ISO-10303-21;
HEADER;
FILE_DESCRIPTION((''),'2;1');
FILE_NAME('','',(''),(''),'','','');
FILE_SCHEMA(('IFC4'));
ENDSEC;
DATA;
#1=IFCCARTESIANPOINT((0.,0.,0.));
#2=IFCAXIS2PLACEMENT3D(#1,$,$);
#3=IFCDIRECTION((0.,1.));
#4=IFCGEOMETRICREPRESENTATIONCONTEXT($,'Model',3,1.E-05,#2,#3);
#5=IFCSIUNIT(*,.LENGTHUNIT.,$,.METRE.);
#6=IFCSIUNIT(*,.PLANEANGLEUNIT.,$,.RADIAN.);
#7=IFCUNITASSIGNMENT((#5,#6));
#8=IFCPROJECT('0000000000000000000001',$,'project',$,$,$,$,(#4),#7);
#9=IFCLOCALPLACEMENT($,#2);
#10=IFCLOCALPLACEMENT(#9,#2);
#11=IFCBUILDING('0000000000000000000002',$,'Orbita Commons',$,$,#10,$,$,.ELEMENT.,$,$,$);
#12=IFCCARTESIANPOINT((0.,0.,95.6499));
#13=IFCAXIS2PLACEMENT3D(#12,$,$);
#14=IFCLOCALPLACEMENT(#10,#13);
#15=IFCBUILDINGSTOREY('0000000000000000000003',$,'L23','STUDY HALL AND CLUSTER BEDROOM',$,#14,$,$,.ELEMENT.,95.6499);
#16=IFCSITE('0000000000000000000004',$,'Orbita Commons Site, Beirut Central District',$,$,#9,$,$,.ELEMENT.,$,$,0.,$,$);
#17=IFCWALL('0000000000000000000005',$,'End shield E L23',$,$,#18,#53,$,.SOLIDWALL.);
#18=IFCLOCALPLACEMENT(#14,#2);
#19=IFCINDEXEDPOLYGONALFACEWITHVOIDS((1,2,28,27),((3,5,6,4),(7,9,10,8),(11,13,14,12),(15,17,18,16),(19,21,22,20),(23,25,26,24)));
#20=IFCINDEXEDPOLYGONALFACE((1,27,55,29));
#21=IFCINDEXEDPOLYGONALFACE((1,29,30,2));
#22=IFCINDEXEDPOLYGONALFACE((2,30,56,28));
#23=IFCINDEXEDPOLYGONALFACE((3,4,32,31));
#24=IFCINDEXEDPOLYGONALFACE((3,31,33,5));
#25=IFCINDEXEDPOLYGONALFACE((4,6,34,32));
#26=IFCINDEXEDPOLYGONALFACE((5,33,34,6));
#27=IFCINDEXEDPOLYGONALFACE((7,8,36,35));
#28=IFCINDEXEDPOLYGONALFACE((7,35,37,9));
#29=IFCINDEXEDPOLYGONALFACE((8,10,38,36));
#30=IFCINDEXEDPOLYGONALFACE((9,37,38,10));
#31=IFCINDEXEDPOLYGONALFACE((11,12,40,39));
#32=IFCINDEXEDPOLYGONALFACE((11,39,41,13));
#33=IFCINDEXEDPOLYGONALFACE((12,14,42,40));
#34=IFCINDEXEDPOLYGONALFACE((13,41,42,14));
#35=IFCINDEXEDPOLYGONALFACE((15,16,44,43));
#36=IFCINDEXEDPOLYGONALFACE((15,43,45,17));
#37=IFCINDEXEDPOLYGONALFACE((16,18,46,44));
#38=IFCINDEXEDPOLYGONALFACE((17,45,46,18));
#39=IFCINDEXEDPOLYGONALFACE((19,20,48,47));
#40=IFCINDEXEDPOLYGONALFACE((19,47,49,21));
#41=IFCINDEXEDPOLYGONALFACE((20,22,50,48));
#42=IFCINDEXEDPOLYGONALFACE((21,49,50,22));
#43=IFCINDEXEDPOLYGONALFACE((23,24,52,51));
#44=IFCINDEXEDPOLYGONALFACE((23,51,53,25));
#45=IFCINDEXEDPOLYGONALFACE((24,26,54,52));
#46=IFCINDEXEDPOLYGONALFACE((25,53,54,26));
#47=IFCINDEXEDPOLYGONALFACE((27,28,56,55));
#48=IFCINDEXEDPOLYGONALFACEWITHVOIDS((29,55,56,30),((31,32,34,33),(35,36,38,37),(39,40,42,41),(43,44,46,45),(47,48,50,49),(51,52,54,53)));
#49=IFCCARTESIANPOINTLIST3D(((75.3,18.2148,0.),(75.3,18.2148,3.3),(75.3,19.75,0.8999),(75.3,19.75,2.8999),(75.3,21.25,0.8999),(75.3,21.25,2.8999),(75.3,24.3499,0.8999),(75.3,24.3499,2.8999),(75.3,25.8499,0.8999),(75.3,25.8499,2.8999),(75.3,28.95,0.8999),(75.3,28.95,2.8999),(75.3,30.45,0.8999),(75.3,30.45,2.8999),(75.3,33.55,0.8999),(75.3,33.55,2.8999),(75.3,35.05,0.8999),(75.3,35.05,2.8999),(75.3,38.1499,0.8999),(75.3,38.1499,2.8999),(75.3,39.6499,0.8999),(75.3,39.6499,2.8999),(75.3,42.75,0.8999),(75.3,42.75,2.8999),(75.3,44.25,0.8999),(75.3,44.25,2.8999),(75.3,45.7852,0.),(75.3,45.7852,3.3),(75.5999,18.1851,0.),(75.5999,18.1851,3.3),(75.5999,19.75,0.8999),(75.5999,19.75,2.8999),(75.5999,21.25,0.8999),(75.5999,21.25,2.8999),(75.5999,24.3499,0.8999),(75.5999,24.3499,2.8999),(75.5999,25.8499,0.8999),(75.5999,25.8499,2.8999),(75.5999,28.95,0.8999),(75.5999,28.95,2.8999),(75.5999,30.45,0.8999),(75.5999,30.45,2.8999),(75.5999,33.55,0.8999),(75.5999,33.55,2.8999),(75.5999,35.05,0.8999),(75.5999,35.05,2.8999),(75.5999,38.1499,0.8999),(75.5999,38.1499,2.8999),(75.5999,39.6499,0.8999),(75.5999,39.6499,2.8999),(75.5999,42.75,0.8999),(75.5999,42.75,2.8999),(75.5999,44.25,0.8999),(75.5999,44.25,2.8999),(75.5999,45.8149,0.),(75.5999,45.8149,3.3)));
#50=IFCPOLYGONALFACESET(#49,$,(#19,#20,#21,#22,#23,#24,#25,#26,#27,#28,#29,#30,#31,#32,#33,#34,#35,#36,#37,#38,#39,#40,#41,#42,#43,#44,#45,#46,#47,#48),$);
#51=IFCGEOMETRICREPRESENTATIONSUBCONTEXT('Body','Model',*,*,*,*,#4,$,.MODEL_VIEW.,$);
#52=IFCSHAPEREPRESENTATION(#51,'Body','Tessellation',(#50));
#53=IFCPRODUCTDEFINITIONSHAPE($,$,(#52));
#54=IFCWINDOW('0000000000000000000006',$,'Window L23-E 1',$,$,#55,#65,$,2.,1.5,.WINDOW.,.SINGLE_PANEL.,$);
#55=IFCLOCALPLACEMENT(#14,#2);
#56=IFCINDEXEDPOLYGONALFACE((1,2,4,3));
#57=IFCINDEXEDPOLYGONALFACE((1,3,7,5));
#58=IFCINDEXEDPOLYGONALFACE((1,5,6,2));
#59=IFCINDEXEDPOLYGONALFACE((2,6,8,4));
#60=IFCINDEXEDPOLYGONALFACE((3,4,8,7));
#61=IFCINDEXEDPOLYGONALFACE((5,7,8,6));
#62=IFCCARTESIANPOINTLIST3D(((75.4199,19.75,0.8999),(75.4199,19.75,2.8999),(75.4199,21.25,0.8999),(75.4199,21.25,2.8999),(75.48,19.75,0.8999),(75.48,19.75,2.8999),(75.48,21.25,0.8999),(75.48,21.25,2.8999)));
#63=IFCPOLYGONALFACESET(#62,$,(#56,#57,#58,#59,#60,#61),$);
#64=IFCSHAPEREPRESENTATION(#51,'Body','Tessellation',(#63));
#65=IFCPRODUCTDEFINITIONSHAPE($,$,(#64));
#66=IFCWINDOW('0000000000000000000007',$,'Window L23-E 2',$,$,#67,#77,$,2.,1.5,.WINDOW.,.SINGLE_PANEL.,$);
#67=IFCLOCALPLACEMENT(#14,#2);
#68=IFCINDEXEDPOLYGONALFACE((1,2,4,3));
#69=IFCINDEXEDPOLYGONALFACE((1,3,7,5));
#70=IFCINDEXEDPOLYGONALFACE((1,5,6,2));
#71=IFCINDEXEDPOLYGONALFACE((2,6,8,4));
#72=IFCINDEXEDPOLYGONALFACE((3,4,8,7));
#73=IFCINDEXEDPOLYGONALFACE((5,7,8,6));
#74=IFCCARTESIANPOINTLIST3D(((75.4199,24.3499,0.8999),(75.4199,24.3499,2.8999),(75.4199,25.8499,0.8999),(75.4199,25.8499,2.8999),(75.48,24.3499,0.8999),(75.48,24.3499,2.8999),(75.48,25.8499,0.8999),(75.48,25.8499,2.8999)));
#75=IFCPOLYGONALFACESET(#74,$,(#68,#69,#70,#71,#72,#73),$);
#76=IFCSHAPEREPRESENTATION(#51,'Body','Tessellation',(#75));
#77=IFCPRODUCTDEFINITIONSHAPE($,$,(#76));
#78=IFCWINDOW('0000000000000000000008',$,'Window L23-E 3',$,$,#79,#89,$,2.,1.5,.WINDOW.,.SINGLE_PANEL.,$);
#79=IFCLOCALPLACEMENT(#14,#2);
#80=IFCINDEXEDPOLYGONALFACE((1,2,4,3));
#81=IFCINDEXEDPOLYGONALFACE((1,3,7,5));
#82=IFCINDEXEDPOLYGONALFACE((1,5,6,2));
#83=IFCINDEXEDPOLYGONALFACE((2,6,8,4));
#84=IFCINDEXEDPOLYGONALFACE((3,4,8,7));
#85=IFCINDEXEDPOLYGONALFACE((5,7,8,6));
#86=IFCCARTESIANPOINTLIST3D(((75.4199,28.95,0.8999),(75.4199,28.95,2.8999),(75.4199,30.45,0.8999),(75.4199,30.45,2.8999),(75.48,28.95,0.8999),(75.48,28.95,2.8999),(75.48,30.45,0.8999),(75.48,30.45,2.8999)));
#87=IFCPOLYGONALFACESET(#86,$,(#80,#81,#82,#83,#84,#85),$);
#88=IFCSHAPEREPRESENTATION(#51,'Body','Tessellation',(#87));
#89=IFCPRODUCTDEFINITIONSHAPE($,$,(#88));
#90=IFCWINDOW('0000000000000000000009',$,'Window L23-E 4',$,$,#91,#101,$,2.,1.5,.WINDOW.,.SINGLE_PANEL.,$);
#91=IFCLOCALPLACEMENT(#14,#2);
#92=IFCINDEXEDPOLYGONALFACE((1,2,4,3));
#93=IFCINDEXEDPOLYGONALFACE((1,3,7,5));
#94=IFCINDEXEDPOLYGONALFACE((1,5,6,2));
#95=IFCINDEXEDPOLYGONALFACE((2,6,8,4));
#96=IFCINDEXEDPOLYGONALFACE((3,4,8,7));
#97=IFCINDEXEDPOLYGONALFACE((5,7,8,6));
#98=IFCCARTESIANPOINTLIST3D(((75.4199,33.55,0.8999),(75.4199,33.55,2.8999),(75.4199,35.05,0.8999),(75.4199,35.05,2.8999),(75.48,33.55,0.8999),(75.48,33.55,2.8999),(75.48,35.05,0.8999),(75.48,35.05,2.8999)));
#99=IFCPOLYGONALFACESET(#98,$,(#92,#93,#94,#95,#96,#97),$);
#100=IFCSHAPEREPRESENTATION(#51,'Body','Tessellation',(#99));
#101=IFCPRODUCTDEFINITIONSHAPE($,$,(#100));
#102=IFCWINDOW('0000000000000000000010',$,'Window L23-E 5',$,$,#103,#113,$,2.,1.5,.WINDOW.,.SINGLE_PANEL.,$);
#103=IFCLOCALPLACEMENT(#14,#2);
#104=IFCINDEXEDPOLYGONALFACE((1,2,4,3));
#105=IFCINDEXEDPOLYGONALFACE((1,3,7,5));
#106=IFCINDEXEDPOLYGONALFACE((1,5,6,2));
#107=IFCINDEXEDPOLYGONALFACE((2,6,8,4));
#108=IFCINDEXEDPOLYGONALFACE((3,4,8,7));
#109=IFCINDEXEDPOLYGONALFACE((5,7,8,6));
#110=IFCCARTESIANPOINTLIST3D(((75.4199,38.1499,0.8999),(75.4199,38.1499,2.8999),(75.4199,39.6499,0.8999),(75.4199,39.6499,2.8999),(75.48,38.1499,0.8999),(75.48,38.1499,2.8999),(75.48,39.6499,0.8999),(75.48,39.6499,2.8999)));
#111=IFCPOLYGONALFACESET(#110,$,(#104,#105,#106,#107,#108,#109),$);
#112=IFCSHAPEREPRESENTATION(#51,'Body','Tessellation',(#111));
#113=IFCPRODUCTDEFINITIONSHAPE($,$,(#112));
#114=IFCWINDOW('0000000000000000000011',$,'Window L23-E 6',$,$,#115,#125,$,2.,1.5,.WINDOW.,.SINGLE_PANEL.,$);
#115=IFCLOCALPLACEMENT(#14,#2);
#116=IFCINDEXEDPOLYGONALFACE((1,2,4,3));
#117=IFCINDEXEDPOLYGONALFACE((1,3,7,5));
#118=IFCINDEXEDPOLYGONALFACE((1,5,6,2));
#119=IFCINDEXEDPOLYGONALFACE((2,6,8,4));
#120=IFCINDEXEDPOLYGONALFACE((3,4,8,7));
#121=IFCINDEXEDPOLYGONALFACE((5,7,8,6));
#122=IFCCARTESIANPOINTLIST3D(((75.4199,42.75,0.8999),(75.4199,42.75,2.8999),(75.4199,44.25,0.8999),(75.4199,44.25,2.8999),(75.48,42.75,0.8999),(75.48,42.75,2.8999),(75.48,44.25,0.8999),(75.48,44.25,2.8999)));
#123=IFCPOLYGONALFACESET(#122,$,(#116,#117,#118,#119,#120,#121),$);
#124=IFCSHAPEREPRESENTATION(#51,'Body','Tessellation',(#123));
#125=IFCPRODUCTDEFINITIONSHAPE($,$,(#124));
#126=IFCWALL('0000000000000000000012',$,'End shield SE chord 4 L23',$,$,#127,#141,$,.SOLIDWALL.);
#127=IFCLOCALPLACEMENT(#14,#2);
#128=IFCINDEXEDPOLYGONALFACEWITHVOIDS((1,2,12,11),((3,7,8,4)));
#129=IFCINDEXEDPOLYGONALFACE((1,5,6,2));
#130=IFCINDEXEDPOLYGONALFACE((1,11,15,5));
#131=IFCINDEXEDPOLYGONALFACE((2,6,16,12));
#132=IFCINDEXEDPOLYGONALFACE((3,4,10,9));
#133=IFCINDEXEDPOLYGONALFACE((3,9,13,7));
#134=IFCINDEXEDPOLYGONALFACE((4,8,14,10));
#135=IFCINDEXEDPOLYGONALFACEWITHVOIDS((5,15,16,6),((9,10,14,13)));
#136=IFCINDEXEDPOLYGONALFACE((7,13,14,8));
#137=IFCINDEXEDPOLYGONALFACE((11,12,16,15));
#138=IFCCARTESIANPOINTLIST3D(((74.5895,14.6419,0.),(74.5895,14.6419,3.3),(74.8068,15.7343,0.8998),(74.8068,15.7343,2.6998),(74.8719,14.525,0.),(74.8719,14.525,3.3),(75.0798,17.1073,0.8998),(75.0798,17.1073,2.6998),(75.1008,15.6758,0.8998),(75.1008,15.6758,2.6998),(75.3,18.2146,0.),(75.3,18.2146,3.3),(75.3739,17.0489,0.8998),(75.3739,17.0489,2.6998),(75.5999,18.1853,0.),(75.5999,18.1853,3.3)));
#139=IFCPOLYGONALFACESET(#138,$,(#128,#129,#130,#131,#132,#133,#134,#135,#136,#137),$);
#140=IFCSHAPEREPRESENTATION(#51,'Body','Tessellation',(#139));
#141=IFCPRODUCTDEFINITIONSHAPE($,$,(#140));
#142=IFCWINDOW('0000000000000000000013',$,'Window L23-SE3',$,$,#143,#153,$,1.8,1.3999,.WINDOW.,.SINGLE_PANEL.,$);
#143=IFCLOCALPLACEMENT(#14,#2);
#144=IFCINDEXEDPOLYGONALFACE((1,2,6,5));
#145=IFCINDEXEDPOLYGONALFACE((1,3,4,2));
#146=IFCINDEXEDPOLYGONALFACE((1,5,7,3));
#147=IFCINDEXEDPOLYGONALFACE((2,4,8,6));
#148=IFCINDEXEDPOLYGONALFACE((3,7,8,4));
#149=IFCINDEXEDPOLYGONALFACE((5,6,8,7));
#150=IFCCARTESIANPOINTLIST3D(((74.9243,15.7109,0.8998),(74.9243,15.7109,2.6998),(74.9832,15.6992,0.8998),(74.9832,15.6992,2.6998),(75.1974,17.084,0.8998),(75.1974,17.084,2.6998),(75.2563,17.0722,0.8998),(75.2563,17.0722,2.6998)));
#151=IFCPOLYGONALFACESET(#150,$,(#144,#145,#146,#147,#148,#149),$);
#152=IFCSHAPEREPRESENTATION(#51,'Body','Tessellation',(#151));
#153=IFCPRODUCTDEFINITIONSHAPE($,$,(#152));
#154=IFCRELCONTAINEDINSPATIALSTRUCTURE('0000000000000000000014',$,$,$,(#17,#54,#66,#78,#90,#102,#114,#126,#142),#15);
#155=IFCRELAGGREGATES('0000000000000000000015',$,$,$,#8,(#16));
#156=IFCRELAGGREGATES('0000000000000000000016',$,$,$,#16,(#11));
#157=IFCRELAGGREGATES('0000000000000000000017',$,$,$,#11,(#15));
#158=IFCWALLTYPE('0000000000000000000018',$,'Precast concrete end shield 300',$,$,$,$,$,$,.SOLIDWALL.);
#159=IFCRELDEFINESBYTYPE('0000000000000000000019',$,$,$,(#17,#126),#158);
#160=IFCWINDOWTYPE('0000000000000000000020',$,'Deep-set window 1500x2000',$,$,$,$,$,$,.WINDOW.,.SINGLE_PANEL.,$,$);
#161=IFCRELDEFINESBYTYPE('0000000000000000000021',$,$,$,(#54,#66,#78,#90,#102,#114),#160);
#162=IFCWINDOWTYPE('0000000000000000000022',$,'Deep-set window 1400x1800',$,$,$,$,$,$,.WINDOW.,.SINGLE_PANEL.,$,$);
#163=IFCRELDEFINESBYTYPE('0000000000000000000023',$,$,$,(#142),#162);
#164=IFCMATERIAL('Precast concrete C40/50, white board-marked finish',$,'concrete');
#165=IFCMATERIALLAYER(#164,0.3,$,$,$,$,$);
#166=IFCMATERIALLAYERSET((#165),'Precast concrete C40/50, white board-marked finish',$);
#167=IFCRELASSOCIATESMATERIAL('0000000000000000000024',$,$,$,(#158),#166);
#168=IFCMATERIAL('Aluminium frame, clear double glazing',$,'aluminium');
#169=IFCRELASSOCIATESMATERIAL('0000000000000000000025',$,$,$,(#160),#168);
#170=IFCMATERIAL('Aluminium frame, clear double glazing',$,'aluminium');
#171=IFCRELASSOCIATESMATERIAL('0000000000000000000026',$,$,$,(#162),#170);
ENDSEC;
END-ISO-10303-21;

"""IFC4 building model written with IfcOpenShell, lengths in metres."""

from ifc_helpers import new_model, si_unit, direction, frame, frame_2d, origin, place, context, subcontext, project, spatial, polyline, rectangle, outline, extrude, material, layer, layer_set, type_object, element, fill, save


model = new_model("IFC4")

# Units and contexts
model_context = context("Model", 3, precision=1e-05, world=origin(), true_north=direction((0.0, 1.0)))
body_context = subcontext(model_context, "Body", "Model", "MODEL_VIEW")
ifc_project = project(units=[si_unit("LENGTHUNIT", "METRE"), si_unit("PLANEANGLEUNIT", "RADIAN")], contexts=[model_context])

# Site, building, storey
site_placement = place(None, origin())
site = spatial("IfcSite", under=ifc_project, at=site_placement, Name="Orbita Commons Site, Beirut Central District", CompositionType="ELEMENT", RefElevation=0.0)
building_placement = place(site_placement, origin())
building = spatial("IfcBuilding", under=site, at=building_placement, Name="Orbita Commons", CompositionType="ELEMENT")
storey_placement = place(building_placement, frame((0.0, 0.0, 95.6499)))
storey = spatial("IfcBuildingStorey", under=building, at=storey_placement, Name="L23", Description="STUDY HALL AND CLUSTER BEDROOM", CompositionType="ELEMENT", Elevation=95.6499)

# Wall, openings, windows
ifc_material_1 = material(Name="Precast concrete C40/50, white board-marked finish", Category="concrete")
ifc_layer_1 = layer(ifc_material_1, 0.3)
ifc_layer_set_1 = layer_set([ifc_layer_1], Name="Precast concrete C40/50, white board-marked finish")
wall_type_1 = type_object("IfcWallType", Name="Precast concrete end shield 300", PredefinedType="SOLIDWALL", material=ifc_layer_set_1)
wall_1_placement = place(storey_placement, frame((75.45, 18.2, 0.0), z_axis=(0.0, 0.0, 1.0), x_axis=(0.0, 1.0, 0.0)))
wall_1 = element("IfcWall", 1, at=wall_1_placement, inside=storey, type_object=wall_type_1, Name="End shield E L23", PredefinedType="SOLIDWALL", context=body_context, shape_type="SweptSolid", body=[
    extrude(outline(polyline([(-0.0149, -0.1499), (27.615, -0.1499), (27.5852, 0.1499), (0.0149, 0.1499), (-0.0149, -0.1499)])), origin(), (0.0, 0.0, 1.0), 3.3),
])
opening_1_placement = place(wall_1_placement, frame((1.55, 0.0, 0.8999)))
opening_1 = element("IfcOpeningElement", 2, at=opening_1_placement, cuts=wall_1, PredefinedType="OPENING", context=body_context, shape_type="SweptSolid", body=[
    extrude(rectangle(XDim=1.5, YDim=2.0, at=frame_2d((0.75, 1.0))), frame((0.0, 0.1599, 0.0), z_axis=(0.0, -1.0, 0.0), x_axis=(1.0, 0.0, 0.0)), (0.0, 0.0, 1.0), 0.3201),
])
opening_2_placement = place(wall_1_placement, frame((6.1499, 0.0, 0.8999)))
opening_2 = element("IfcOpeningElement", 3, at=opening_2_placement, cuts=wall_1, PredefinedType="OPENING", context=body_context, shape_type="SweptSolid", body=[
    extrude(rectangle(XDim=1.5, YDim=2.0, at=frame_2d((0.75, 1.0))), frame((0.0, 0.1599, 0.0), z_axis=(0.0, -1.0, 0.0), x_axis=(1.0, 0.0, 0.0)), (0.0, 0.0, 1.0), 0.3201),
])
opening_3_placement = place(wall_1_placement, frame((10.75, 0.0, 0.8999)))
opening_3 = element("IfcOpeningElement", 4, at=opening_3_placement, cuts=wall_1, PredefinedType="OPENING", context=body_context, shape_type="SweptSolid", body=[
    extrude(rectangle(XDim=1.5, YDim=2.0, at=frame_2d((0.75, 1.0))), frame((0.0, 0.1599, 0.0), z_axis=(0.0, -1.0, 0.0), x_axis=(1.0, 0.0, 0.0)), (0.0, 0.0, 1.0), 0.3201),
])
opening_4_placement = place(wall_1_placement, frame((15.3501, 0.0, 0.8999)))
opening_4 = element("IfcOpeningElement", 5, at=opening_4_placement, cuts=wall_1, PredefinedType="OPENING", context=body_context, shape_type="SweptSolid", body=[
    extrude(rectangle(XDim=1.5, YDim=2.0, at=frame_2d((0.75, 1.0))), frame((0.0, 0.1599, 0.0), z_axis=(0.0, -1.0, 0.0), x_axis=(1.0, 0.0, 0.0)), (0.0, 0.0, 1.0), 0.3201),
])
opening_5_placement = place(wall_1_placement, frame((19.95, 0.0, 0.8999)))
opening_5 = element("IfcOpeningElement", 6, at=opening_5_placement, cuts=wall_1, PredefinedType="OPENING", context=body_context, shape_type="SweptSolid", body=[
    extrude(rectangle(XDim=1.5, YDim=2.0, at=frame_2d((0.75, 1.0))), frame((0.0, 0.1599, 0.0), z_axis=(0.0, -1.0, 0.0), x_axis=(1.0, 0.0, 0.0)), (0.0, 0.0, 1.0), 0.3201),
])
opening_6_placement = place(wall_1_placement, frame((24.55, 0.0, 0.8999)))
opening_6 = element("IfcOpeningElement", 7, at=opening_6_placement, cuts=wall_1, PredefinedType="OPENING", context=body_context, shape_type="SweptSolid", body=[
    extrude(rectangle(XDim=1.5, YDim=2.0, at=frame_2d((0.75, 1.0))), frame((0.0, 0.1599, 0.0), z_axis=(0.0, -1.0, 0.0), x_axis=(1.0, 0.0, 0.0)), (0.0, 0.0, 1.0), 0.3201),
])
ifc_material_2 = material(Name="Aluminium frame, clear double glazing", Category="aluminium")
window_type_1 = type_object("IfcWindowType", Name="Deep-set window 1500x2000", PartitioningType="SINGLE_PANEL", PredefinedType="WINDOW", material=ifc_material_2)
window_1_placement = place(opening_1_placement, origin())
window_1 = element("IfcWindow", 8, at=window_1_placement, inside=storey, type_object=window_type_1, Name="Window L23-E 1", OverallHeight=2.0, OverallWidth=1.5, PartitioningType="SINGLE_PANEL", PredefinedType="WINDOW", context=body_context, shape_type="SweptSolid", body=[
    extrude(rectangle(XDim=1.5, YDim=2.0, at=frame_2d((0.75, 1.0))), frame((0.0, 0.03, 0.0), z_axis=(0.0, -1.0, 0.0), x_axis=(1.0, 0.0, 0.0)), (0.0, 0.0, 1.0), 0.0601),
])
fill(opening_1, window_1)
window_2_placement = place(opening_2_placement, origin())
window_2 = element("IfcWindow", 9, at=window_2_placement, inside=storey, type_object=window_type_1, Name="Window L23-E 2", OverallHeight=2.0, OverallWidth=1.5, PartitioningType="SINGLE_PANEL", PredefinedType="WINDOW", context=body_context, shape_type="SweptSolid", body=[
    extrude(rectangle(XDim=1.5, YDim=2.0, at=frame_2d((0.75, 1.0))), frame((0.0, 0.03, 0.0), z_axis=(0.0, -1.0, 0.0), x_axis=(1.0, 0.0, 0.0)), (0.0, 0.0, 1.0), 0.0601),
])
fill(opening_2, window_2)
window_3_placement = place(opening_3_placement, origin())
window_3 = element("IfcWindow", 10, at=window_3_placement, inside=storey, type_object=window_type_1, Name="Window L23-E 3", OverallHeight=2.0, OverallWidth=1.5, PartitioningType="SINGLE_PANEL", PredefinedType="WINDOW", context=body_context, shape_type="SweptSolid", body=[
    extrude(rectangle(XDim=1.5, YDim=2.0, at=frame_2d((0.75, 1.0))), frame((0.0, 0.03, 0.0), z_axis=(0.0, -1.0, 0.0), x_axis=(1.0, 0.0, 0.0)), (0.0, 0.0, 1.0), 0.0601),
])
fill(opening_3, window_3)
window_4_placement = place(opening_4_placement, origin())
window_4 = element("IfcWindow", 11, at=window_4_placement, inside=storey, type_object=window_type_1, Name="Window L23-E 4", OverallHeight=2.0, OverallWidth=1.5, PartitioningType="SINGLE_PANEL", PredefinedType="WINDOW", context=body_context, shape_type="SweptSolid", body=[
    extrude(rectangle(XDim=1.5, YDim=2.0, at=frame_2d((0.75, 1.0))), frame((0.0, 0.03, 0.0), z_axis=(0.0, -1.0, 0.0), x_axis=(1.0, 0.0, 0.0)), (0.0, 0.0, 1.0), 0.0601),
])
fill(opening_4, window_4)
window_5_placement = place(opening_5_placement, origin())
window_5 = element("IfcWindow", 12, at=window_5_placement, inside=storey, type_object=window_type_1, Name="Window L23-E 5", OverallHeight=2.0, OverallWidth=1.5, PartitioningType="SINGLE_PANEL", PredefinedType="WINDOW", context=body_context, shape_type="SweptSolid", body=[
    extrude(rectangle(XDim=1.5, YDim=2.0, at=frame_2d((0.75, 1.0))), frame((0.0, 0.03, 0.0), z_axis=(0.0, -1.0, 0.0), x_axis=(1.0, 0.0, 0.0)), (0.0, 0.0, 1.0), 0.0601),
])
fill(opening_5, window_5)
window_6_placement = place(opening_6_placement, origin())
window_6 = element("IfcWindow", 13, at=window_6_placement, inside=storey, type_object=window_type_1, Name="Window L23-E 6", OverallHeight=2.0, OverallWidth=1.5, PartitioningType="SINGLE_PANEL", PredefinedType="WINDOW", context=body_context, shape_type="SweptSolid", body=[
    extrude(rectangle(XDim=1.5, YDim=2.0, at=frame_2d((0.75, 1.0))), frame((0.0, 0.03, 0.0), z_axis=(0.0, -1.0, 0.0), x_axis=(1.0, 0.0, 0.0)), (0.0, 0.0, 1.0), 0.0601),
])
fill(opening_6, window_6)

# Wall, opening, window
wall_2_placement = place(storey_placement, frame((74.7307, 14.5835, 0.0), z_axis=(0.0, 0.0, 1.0), x_axis=(0.195059, 0.980791, 0.0)))
wall_2 = element("IfcWall", 14, at=wall_2_placement, inside=storey, type_object=wall_type_1, Name="End shield SE chord 4 L23", PredefinedType="SOLIDWALL", context=body_context, shape_type="SweptSolid", body=[
    extrude(outline(polyline([(-0.0298, -0.1499), (3.7021, -0.1499), (3.6724, 0.1499), (0.0298, 0.1499), (-0.0298, -0.1499)])), origin(), (0.0, 0.0, 1.0), 3.3),
])
opening_7_placement = place(wall_2_placement, frame((1.1436, 0.0, 0.8999)))
opening_7 = element("IfcOpeningElement", 15, at=opening_7_placement, cuts=wall_2, PredefinedType="OPENING", context=body_context, shape_type="SweptSolid", body=[
    extrude(rectangle(XDim=1.3999, YDim=1.8, at=frame_2d((0.7, 0.8999))), frame((0.0, 0.1599, 0.0), z_axis=(0.0, -1.0, 0.0), x_axis=(1.0, 0.0, 0.0)), (0.0, 0.0, 1.0), 0.3201),
])
ifc_material_3 = material(Name="Aluminium frame, clear double glazing", Category="aluminium")
window_type_2 = type_object("IfcWindowType", Name="Deep-set window 1400x1800", PartitioningType="SINGLE_PANEL", PredefinedType="WINDOW", material=ifc_material_3)
window_7_placement = place(opening_7_placement, origin())
window_7 = element("IfcWindow", 16, at=window_7_placement, inside=storey, type_object=window_type_2, Name="Window L23-SE3", OverallHeight=1.8, OverallWidth=1.3999, PartitioningType="SINGLE_PANEL", PredefinedType="WINDOW", context=body_context, shape_type="SweptSolid", body=[
    extrude(rectangle(XDim=1.3999, YDim=1.8, at=frame_2d((0.7, 0.8999))), frame((0.0, 0.03, 0.0), z_axis=(0.0, -1.0, 0.0), x_axis=(1.0, 0.0, 0.0)), (0.0, 0.0, 1.0), 0.0601),
])
fill(opening_7, window_7)

save(model, "model.ifc")
